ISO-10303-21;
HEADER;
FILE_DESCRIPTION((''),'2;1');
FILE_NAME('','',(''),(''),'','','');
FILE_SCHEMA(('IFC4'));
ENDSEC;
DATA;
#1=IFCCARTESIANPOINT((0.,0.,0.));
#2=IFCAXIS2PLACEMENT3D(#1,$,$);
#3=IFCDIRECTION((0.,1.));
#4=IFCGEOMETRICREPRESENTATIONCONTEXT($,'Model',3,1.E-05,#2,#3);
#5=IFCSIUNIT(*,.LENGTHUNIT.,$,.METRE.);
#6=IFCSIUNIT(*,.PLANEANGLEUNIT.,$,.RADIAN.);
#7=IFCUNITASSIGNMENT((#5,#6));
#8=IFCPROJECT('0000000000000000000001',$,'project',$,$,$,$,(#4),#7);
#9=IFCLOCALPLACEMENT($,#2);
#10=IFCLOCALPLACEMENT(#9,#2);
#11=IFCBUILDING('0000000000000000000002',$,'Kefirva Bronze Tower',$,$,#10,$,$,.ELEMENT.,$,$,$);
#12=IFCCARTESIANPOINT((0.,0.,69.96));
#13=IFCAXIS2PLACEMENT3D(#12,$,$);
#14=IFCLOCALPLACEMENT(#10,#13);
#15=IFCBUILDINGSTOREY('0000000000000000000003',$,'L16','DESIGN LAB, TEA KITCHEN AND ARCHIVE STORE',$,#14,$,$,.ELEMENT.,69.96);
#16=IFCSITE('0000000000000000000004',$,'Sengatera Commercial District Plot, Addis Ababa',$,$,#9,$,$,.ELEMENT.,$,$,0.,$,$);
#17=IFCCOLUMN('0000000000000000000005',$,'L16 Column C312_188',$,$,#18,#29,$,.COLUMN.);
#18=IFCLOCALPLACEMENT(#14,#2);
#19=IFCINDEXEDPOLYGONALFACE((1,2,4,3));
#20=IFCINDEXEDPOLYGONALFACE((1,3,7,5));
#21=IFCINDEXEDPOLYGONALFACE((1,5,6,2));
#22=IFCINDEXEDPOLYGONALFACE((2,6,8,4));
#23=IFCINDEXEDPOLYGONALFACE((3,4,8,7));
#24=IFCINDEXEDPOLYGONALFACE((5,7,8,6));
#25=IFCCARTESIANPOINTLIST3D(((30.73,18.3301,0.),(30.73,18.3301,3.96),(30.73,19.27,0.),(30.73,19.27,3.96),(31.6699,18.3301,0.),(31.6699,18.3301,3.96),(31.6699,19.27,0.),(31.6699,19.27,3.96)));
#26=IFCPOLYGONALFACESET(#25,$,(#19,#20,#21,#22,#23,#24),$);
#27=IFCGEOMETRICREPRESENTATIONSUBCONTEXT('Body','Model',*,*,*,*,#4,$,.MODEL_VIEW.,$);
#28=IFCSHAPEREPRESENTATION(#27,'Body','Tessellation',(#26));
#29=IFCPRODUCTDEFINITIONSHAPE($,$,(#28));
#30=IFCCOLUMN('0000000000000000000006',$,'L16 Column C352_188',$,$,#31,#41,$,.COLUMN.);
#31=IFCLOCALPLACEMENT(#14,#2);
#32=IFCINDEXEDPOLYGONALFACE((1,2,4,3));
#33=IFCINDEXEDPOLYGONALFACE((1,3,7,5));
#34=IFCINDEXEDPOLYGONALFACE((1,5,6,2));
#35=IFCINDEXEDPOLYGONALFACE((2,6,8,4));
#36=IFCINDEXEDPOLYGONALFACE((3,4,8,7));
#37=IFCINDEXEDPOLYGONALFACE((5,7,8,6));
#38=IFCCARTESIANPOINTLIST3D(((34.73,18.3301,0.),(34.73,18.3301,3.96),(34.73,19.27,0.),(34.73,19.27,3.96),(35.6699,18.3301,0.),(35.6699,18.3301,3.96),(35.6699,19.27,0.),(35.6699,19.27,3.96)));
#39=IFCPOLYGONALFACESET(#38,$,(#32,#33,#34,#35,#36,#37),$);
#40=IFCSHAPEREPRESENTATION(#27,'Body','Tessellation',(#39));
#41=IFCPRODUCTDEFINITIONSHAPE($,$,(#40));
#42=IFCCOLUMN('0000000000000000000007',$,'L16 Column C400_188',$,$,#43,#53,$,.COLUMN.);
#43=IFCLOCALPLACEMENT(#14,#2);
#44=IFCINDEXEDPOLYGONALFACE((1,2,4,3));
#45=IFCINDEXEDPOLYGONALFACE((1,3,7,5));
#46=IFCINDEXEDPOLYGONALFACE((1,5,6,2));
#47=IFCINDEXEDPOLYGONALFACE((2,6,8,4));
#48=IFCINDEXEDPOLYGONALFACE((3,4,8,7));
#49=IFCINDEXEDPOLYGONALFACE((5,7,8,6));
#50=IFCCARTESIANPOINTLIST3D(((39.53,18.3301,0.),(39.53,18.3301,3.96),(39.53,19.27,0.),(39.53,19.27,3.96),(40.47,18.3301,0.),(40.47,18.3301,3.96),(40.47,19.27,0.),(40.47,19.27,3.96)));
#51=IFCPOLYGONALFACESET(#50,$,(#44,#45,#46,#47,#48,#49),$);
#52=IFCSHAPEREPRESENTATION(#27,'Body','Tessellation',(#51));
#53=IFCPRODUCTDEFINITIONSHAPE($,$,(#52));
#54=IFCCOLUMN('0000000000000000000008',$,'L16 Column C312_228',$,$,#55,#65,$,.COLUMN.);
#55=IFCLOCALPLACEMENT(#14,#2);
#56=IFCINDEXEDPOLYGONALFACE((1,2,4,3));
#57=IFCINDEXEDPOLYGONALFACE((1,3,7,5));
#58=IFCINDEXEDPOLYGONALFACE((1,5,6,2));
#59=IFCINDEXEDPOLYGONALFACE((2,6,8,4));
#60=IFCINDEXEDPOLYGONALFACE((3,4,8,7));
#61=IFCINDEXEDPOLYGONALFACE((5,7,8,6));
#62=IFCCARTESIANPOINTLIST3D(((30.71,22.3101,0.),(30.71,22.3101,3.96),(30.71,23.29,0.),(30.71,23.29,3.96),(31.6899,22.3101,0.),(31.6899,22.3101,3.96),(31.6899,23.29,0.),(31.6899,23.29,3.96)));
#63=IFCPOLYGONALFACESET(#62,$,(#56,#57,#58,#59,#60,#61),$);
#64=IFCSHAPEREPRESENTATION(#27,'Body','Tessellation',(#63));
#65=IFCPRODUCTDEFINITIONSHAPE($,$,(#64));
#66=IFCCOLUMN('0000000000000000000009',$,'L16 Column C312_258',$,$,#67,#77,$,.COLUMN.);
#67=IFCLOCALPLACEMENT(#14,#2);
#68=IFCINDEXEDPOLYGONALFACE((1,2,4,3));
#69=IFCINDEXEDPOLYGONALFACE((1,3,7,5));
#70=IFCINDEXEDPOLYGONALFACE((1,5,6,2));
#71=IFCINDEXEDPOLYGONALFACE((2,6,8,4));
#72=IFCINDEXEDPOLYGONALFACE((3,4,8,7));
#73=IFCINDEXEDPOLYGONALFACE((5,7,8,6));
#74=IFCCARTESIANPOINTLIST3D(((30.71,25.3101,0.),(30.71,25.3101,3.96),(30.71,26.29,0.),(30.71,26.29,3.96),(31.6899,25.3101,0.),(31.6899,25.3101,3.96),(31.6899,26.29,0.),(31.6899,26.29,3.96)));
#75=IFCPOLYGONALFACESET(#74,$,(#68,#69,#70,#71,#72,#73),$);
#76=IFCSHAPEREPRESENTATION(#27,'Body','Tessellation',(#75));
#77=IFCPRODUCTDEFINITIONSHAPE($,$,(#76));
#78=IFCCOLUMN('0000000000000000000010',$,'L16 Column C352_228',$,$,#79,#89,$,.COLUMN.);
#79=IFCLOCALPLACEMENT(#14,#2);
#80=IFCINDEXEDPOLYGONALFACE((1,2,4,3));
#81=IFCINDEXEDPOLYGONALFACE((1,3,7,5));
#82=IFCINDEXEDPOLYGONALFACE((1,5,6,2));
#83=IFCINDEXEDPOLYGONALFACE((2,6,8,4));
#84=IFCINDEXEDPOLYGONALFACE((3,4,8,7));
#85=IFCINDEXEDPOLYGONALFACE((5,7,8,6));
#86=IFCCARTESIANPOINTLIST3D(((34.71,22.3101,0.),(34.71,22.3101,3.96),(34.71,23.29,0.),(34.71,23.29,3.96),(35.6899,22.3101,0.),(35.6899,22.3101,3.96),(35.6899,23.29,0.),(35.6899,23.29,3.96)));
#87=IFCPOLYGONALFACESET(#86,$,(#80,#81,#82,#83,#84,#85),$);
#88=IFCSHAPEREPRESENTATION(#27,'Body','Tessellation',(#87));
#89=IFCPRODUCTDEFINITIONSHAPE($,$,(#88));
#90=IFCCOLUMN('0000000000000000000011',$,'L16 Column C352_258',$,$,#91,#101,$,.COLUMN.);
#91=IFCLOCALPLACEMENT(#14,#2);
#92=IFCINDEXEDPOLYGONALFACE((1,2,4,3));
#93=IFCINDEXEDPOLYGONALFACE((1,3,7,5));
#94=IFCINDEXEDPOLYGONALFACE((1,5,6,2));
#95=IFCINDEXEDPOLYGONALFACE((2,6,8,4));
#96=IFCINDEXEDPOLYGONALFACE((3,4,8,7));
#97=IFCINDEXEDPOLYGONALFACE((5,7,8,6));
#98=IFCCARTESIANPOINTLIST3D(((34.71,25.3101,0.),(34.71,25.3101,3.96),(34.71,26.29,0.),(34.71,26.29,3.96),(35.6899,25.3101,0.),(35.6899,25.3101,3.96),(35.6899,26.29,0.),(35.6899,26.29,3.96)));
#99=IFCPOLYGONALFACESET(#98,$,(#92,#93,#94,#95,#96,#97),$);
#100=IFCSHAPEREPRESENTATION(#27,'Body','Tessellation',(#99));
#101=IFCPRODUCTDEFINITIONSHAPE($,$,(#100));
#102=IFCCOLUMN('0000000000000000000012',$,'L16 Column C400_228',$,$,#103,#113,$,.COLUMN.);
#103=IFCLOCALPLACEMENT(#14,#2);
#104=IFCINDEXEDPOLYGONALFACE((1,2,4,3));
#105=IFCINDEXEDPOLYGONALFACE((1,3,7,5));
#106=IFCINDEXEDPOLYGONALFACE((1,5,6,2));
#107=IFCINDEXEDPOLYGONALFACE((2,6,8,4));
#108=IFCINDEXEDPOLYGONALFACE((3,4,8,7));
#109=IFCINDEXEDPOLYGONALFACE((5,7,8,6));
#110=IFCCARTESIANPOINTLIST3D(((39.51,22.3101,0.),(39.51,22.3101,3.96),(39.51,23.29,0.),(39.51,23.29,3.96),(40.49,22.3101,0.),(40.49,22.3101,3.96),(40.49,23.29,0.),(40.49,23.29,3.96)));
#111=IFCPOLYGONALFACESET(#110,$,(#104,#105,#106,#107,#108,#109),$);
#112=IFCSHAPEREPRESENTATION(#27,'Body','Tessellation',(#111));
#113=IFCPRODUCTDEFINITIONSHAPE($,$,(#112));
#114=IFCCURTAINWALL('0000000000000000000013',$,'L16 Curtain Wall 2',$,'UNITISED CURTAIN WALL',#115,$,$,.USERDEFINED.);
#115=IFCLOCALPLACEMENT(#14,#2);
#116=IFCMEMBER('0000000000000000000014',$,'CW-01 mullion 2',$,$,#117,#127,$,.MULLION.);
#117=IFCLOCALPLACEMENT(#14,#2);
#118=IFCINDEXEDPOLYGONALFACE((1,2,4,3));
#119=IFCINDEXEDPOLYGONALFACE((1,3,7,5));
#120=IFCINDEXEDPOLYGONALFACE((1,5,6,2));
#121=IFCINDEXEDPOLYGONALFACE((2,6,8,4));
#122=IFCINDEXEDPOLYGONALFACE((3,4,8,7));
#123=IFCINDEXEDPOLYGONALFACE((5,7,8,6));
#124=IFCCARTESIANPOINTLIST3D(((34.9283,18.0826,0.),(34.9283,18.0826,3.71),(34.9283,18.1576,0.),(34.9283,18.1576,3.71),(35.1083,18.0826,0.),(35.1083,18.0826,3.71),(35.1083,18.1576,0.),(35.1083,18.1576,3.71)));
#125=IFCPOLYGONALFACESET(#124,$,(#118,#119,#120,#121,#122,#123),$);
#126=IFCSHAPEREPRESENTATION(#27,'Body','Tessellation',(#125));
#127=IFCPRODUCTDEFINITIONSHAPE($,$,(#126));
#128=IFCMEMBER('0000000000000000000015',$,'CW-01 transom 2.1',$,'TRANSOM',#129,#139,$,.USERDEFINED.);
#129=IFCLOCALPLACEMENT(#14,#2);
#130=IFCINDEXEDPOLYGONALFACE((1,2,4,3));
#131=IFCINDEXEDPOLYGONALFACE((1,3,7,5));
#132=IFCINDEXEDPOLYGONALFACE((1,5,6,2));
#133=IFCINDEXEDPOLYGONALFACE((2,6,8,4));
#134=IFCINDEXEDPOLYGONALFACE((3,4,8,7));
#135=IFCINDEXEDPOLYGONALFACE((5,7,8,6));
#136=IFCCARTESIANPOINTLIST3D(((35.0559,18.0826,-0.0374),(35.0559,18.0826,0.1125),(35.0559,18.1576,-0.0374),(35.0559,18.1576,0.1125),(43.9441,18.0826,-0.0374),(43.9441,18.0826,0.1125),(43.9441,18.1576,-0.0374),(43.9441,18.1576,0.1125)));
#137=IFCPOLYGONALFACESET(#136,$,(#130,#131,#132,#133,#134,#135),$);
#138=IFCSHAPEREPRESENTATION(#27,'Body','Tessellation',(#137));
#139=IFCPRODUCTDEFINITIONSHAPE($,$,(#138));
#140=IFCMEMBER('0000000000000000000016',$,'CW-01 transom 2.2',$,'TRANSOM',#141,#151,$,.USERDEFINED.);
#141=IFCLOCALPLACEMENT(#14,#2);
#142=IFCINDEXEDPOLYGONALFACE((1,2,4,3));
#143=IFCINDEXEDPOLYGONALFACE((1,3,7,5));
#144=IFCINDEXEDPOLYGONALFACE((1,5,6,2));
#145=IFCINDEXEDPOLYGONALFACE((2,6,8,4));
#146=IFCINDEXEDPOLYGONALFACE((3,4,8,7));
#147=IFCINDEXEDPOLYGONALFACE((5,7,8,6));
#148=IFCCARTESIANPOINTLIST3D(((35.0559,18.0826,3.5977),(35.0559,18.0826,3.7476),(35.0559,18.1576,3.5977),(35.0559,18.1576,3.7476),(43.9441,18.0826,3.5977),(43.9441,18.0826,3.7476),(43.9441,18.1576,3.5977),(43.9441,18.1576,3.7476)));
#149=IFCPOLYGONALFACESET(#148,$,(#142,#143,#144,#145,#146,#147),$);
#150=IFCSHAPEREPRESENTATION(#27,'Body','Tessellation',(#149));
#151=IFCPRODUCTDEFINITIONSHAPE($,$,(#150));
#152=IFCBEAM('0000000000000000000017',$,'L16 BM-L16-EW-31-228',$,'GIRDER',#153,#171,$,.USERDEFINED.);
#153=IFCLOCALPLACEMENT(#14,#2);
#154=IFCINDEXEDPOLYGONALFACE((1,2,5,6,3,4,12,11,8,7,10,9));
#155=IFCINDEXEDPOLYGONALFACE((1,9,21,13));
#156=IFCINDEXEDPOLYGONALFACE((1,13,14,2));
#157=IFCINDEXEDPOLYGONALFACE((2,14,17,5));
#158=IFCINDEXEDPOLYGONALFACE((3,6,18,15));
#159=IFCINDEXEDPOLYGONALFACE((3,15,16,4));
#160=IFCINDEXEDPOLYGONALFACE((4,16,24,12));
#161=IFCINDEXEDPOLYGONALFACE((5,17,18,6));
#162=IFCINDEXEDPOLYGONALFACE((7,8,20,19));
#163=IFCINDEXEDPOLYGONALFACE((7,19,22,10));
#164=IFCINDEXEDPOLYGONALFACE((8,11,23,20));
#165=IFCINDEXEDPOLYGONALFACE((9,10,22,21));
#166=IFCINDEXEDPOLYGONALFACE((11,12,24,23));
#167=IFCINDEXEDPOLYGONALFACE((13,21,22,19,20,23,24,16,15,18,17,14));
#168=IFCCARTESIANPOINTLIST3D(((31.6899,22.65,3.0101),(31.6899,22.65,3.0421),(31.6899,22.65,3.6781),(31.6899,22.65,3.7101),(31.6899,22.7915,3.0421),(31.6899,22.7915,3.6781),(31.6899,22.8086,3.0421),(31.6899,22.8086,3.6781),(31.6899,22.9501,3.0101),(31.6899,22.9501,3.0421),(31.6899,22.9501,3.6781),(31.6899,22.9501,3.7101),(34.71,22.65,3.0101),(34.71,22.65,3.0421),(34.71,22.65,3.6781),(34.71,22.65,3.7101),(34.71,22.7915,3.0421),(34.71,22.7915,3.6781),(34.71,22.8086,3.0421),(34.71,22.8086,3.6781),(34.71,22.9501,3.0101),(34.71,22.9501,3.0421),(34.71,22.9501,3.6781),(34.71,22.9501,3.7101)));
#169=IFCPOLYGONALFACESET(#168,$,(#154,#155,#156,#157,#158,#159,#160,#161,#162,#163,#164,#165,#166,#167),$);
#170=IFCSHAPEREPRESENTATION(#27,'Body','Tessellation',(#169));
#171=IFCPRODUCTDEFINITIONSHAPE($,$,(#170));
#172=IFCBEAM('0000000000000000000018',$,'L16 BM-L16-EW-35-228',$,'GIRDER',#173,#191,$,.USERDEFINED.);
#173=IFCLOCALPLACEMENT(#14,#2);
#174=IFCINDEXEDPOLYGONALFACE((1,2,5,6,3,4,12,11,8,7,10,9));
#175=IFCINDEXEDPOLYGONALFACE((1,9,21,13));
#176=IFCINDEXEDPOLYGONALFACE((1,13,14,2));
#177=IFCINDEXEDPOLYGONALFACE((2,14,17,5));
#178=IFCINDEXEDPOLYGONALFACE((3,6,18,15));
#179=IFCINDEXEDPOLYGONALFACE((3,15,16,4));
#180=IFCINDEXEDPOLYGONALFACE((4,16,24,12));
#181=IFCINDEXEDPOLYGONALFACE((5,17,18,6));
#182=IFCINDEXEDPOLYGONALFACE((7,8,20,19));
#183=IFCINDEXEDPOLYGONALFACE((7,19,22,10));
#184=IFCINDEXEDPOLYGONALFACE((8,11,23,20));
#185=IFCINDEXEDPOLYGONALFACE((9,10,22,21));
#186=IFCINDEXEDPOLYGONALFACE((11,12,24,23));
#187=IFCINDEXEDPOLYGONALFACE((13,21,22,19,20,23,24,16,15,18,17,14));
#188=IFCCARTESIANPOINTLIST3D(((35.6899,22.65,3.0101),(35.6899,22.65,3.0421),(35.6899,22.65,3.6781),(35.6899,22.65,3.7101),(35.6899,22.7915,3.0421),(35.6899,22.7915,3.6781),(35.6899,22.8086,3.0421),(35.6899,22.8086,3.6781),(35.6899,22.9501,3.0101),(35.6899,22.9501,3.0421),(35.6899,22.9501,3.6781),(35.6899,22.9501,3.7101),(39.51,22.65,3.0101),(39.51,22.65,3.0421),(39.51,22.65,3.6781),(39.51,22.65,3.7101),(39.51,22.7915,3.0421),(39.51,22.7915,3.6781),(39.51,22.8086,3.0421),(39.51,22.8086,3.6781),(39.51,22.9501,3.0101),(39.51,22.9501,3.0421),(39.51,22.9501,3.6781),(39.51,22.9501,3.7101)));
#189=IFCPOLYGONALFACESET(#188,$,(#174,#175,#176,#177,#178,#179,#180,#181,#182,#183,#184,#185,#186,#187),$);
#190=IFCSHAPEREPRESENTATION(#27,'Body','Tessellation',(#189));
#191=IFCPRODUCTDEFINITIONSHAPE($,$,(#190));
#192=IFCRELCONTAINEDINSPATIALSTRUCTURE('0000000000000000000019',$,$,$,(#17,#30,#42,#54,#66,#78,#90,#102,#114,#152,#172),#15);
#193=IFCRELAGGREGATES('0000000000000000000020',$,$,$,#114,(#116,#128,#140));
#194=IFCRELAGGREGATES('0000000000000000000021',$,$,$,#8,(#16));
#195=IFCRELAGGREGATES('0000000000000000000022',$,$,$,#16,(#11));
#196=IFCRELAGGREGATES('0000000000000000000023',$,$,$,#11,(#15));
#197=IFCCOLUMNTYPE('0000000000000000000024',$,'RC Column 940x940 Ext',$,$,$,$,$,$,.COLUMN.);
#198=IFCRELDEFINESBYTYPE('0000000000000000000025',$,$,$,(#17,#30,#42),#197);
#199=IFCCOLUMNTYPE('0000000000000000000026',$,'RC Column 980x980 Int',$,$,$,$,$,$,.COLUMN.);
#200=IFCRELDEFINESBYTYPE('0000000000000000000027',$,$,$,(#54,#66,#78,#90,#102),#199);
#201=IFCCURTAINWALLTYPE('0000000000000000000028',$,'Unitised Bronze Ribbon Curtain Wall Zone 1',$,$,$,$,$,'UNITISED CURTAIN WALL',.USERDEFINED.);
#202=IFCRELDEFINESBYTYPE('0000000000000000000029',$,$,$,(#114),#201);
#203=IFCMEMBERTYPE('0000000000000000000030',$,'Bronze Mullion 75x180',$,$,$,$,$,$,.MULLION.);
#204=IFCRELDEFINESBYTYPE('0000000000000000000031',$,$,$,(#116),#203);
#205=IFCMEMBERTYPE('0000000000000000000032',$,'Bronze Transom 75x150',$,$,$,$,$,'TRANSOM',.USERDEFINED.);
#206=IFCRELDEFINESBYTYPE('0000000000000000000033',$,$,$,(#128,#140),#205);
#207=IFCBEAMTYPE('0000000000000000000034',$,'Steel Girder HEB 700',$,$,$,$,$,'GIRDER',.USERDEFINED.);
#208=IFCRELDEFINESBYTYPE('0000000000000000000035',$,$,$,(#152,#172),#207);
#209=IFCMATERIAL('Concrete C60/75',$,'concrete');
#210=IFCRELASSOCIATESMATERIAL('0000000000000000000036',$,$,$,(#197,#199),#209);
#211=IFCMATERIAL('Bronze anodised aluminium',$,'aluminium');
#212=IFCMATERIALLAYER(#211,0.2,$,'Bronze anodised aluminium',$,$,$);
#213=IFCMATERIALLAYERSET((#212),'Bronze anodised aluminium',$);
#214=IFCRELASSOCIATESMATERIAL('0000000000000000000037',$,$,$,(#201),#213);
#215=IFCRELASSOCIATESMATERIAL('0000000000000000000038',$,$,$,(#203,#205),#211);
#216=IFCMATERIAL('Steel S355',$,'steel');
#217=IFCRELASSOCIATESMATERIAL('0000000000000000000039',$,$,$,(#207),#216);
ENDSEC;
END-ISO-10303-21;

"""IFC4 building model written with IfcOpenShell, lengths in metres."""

from ifc_helpers import new_model, si_unit, direction, frame, origin, origin_2d, place, context, subcontext, project, spatial, rectangle, i_section, extrude, material, layer, layer_set, material_profile, profile_set, type_object, element, aggregate, save


model = new_model("IFC4")

# Units and contexts
model_context = context("Model", 3, precision=1e-05, world=origin(), true_north=direction((0.0, 1.0)))
body_context = subcontext(model_context, "Body", "Model", "MODEL_VIEW")
ifc_project = project(units=[si_unit("LENGTHUNIT", "METRE"), si_unit("PLANEANGLEUNIT", "RADIAN")], contexts=[model_context])

# Site, building, storey
site_placement = place(None, origin())
site = spatial("IfcSite", under=ifc_project, at=site_placement, Name="Sengatera Commercial District Plot, Addis Ababa", CompositionType="ELEMENT", RefElevation=0.0)
building_placement = place(site_placement, origin())
building = spatial("IfcBuilding", under=site, at=building_placement, Name="Kefirva Bronze Tower", CompositionType="ELEMENT")
storey_placement = place(building_placement, frame((0.0, 0.0, 69.96)))
storey = spatial("IfcBuildingStorey", under=building, at=storey_placement, Name="L16", Description="DESIGN LAB, TEA KITCHEN AND ARCHIVE STORE", CompositionType="ELEMENT", Elevation=69.96)

# Columns
ifc_material_1 = material(Name="Concrete C60/75", Category="concrete")
ifc_material_profile_1 = material_profile(ifc_material_1, rectangle(XDim=0.9399, YDim=0.9399, at=origin_2d()), Name="RC 940x940")
ifc_profile_set_1 = profile_set([ifc_material_profile_1], Name="Concrete C60/75")
column_type_1 = type_object("IfcColumnType", Name="RC Column 940x940 Ext", PredefinedType="COLUMN", material=ifc_profile_set_1)
for number, where, z_axis, x_axis, name in (
    (1, (31.2, 18.8, 0.0), (0.0, 0.0, 1.0), (1.0, 0.0, 0.0), "L16 Column C312_188"),
    (2, (35.2, 18.8, 0.0), (0.0, 0.0, 1.0), (1.0, 0.0, 0.0), "L16 Column C352_188"),
    (3, (40.0, 18.8, 0.0), (0.0, 0.0, 1.0), (1.0, 0.0, 0.0), "L16 Column C400_188"),
):
    element("IfcColumn", number, at=place(storey_placement, frame(where, z_axis=z_axis, x_axis=x_axis)), inside=storey, type_object=column_type_1, Name=name, PredefinedType="COLUMN", context=body_context, shape_type="SweptSolid", body=[
        extrude(rectangle(XDim=0.9399, YDim=0.9399, at=origin_2d()), origin(), (0.0, 0.0, 1.0), 3.96),
    ])
ifc_material_profile_2 = material_profile(ifc_material_1, rectangle(XDim=0.98, YDim=0.98, at=origin_2d()), Name="RC 980x980")
ifc_profile_set_2 = profile_set([ifc_material_profile_2], Name="Concrete C60/75")
column_type_2 = type_object("IfcColumnType", Name="RC Column 980x980 Int", PredefinedType="COLUMN", material=ifc_profile_set_2)
for number, where, z_axis, x_axis, name in (
    (4, (31.2, 22.8, 0.0), (0.0, 0.0, 1.0), (1.0, 0.0, 0.0), "L16 Column C312_228"),
    (5, (31.2, 25.8, 0.0), (0.0, 0.0, 1.0), (1.0, 0.0, 0.0), "L16 Column C312_258"),
    (6, (35.2, 22.8, 0.0), (0.0, 0.0, 1.0), (1.0, 0.0, 0.0), "L16 Column C352_228"),
    (7, (35.2, 25.8, 0.0), (0.0, 0.0, 1.0), (1.0, 0.0, 0.0), "L16 Column C352_258"),
    (8, (40.0, 22.8, 0.0), (0.0, 0.0, 1.0), (1.0, 0.0, 0.0), "L16 Column C400_228"),
):
    element("IfcColumn", number, at=place(storey_placement, frame(where, z_axis=z_axis, x_axis=x_axis)), inside=storey, type_object=column_type_2, Name=name, PredefinedType="COLUMN", context=body_context, shape_type="SweptSolid", body=[
        extrude(rectangle(XDim=0.98, YDim=0.98, at=origin_2d()), origin(), (0.0, 0.0, 1.0), 3.96),
    ])

# Curtain wall, members
ifc_material_2 = material(Name="Bronze anodised aluminium", Category="aluminium")
ifc_layer_1 = layer(ifc_material_2, 0.2, Name="Bronze anodised aluminium")
ifc_layer_set_1 = layer_set([ifc_layer_1], Name="Bronze anodised aluminium")
curtain_wall_type = type_object("IfcCurtainWallType", Name="Unitised Bronze Ribbon Curtain Wall Zone 1", ElementType="UNITISED CURTAIN WALL", PredefinedType="USERDEFINED", material=ifc_layer_set_1)
curtain_wall_placement = place(storey_placement, origin())
curtain_wall = element("IfcCurtainWall", 9, at=curtain_wall_placement, inside=storey, type_object=curtain_wall_type, Name="L16 Curtain Wall 2", ObjectType="UNITISED CURTAIN WALL", PredefinedType="USERDEFINED")
ifc_material_profile_3 = material_profile(ifc_material_2, rectangle(XDim=0.075, YDim=0.1799, at=origin_2d()), Name="ALU 75x180")
ifc_profile_set_3 = profile_set([ifc_material_profile_3], Name="Bronze anodised aluminium")
member_type_1 = type_object("IfcMemberType", Name="Bronze Mullion 75x180", PredefinedType="MULLION", material=ifc_profile_set_3)
member_1_placement = place(storey_placement, frame((35.0183, 18.1201, 0.0), z_axis=(0.0, 0.0, 1.0), x_axis=(0.0, 1.0, 0.0)))
member_1 = element("IfcMember", 10, at=member_1_placement, type_object=member_type_1, Name="CW-01 mullion 2", PredefinedType="MULLION", context=body_context, shape_type="SweptSolid", body=[
    extrude(rectangle(XDim=0.075, YDim=0.1799, at=origin_2d()), origin(), (0.0, 0.0, 1.0), 3.71),
])
ifc_material_profile_4 = material_profile(ifc_material_2, rectangle(XDim=0.075, YDim=0.1499, at=origin_2d()), Name="ALU 75x150")
ifc_profile_set_4 = profile_set([ifc_material_profile_4], Name="Bronze anodised aluminium")
member_type_2 = type_object("IfcMemberType", Name="Bronze Transom 75x150", ElementType="TRANSOM", PredefinedType="USERDEFINED", material=ifc_profile_set_4)
member_2_placement = place(storey_placement, frame((35.0559, 18.1201, 0.0376), z_axis=(1.0, 0.0, 0.0), x_axis=(0.0, 1.0, 0.0)))
member_2 = element("IfcMember", 11, at=member_2_placement, type_object=member_type_2, Name="CW-01 transom 2.1", ObjectType="TRANSOM", PredefinedType="USERDEFINED", context=body_context, shape_type="SweptSolid", body=[
    extrude(rectangle(XDim=0.075, YDim=0.1499, at=origin_2d()), origin(), (0.0, 0.0, 1.0), 8.8882),
])
member_3_placement = place(storey_placement, frame((35.0559, 18.1201, 3.6726), z_axis=(1.0, 0.0, 0.0), x_axis=(0.0, 1.0, 0.0)))
member_3 = element("IfcMember", 12, at=member_3_placement, type_object=member_type_2, Name="CW-01 transom 2.2", ObjectType="TRANSOM", PredefinedType="USERDEFINED", context=body_context, shape_type="SweptSolid", body=[
    extrude(rectangle(XDim=0.075, YDim=0.1499, at=origin_2d()), origin(), (0.0, 0.0, 1.0), 8.8882),
])

# Beams
ifc_material_3 = material(Name="Steel S355", Category="steel")
ifc_material_profile_5 = material_profile(ifc_material_3, i_section(OverallWidth=0.3, OverallDepth=0.7, WebThickness=0.0171, FlangeThickness=0.032, at=origin_2d()), Name="HEB 700")
ifc_profile_set_5 = profile_set([ifc_material_profile_5], Name="Steel S355")
beam_type_1 = type_object("IfcBeamType", Name="Steel Girder HEB 700", ElementType="GIRDER", PredefinedType="USERDEFINED", material=ifc_profile_set_5)
beam_1_placement = place(storey_placement, frame((31.6899, 22.8, 3.3601), z_axis=(1.0, 0.0, 0.0), x_axis=(0.0, 1.0, 0.0)))
element("IfcBeam", 13, at=beam_1_placement, inside=storey, type_object=beam_type_1, Name="L16 BM-L16-EW-31-228", ObjectType="GIRDER", PredefinedType="USERDEFINED", context=body_context, shape_type="SweptSolid", body=[
    extrude(i_section(OverallWidth=0.3, OverallDepth=0.7, WebThickness=0.0171, FlangeThickness=0.032, at=origin_2d()), origin(), (0.0, 0.0, 1.0), 3.02),
])
beam_2_placement = place(storey_placement, frame((35.6899, 22.8, 3.3601), z_axis=(1.0, 0.0, 0.0), x_axis=(0.0, 1.0, 0.0)))
element("IfcBeam", 14, at=beam_2_placement, inside=storey, type_object=beam_type_1, Name="L16 BM-L16-EW-35-228", ObjectType="GIRDER", PredefinedType="USERDEFINED", context=body_context, shape_type="SweptSolid", body=[
    extrude(i_section(OverallWidth=0.3, OverallDepth=0.7, WebThickness=0.0171, FlangeThickness=0.032, at=origin_2d()), origin(), (0.0, 0.0, 1.0), 3.8201),
])

aggregate(curtain_wall, [member_1, member_2, member_3])

save(model, "model.ifc")
